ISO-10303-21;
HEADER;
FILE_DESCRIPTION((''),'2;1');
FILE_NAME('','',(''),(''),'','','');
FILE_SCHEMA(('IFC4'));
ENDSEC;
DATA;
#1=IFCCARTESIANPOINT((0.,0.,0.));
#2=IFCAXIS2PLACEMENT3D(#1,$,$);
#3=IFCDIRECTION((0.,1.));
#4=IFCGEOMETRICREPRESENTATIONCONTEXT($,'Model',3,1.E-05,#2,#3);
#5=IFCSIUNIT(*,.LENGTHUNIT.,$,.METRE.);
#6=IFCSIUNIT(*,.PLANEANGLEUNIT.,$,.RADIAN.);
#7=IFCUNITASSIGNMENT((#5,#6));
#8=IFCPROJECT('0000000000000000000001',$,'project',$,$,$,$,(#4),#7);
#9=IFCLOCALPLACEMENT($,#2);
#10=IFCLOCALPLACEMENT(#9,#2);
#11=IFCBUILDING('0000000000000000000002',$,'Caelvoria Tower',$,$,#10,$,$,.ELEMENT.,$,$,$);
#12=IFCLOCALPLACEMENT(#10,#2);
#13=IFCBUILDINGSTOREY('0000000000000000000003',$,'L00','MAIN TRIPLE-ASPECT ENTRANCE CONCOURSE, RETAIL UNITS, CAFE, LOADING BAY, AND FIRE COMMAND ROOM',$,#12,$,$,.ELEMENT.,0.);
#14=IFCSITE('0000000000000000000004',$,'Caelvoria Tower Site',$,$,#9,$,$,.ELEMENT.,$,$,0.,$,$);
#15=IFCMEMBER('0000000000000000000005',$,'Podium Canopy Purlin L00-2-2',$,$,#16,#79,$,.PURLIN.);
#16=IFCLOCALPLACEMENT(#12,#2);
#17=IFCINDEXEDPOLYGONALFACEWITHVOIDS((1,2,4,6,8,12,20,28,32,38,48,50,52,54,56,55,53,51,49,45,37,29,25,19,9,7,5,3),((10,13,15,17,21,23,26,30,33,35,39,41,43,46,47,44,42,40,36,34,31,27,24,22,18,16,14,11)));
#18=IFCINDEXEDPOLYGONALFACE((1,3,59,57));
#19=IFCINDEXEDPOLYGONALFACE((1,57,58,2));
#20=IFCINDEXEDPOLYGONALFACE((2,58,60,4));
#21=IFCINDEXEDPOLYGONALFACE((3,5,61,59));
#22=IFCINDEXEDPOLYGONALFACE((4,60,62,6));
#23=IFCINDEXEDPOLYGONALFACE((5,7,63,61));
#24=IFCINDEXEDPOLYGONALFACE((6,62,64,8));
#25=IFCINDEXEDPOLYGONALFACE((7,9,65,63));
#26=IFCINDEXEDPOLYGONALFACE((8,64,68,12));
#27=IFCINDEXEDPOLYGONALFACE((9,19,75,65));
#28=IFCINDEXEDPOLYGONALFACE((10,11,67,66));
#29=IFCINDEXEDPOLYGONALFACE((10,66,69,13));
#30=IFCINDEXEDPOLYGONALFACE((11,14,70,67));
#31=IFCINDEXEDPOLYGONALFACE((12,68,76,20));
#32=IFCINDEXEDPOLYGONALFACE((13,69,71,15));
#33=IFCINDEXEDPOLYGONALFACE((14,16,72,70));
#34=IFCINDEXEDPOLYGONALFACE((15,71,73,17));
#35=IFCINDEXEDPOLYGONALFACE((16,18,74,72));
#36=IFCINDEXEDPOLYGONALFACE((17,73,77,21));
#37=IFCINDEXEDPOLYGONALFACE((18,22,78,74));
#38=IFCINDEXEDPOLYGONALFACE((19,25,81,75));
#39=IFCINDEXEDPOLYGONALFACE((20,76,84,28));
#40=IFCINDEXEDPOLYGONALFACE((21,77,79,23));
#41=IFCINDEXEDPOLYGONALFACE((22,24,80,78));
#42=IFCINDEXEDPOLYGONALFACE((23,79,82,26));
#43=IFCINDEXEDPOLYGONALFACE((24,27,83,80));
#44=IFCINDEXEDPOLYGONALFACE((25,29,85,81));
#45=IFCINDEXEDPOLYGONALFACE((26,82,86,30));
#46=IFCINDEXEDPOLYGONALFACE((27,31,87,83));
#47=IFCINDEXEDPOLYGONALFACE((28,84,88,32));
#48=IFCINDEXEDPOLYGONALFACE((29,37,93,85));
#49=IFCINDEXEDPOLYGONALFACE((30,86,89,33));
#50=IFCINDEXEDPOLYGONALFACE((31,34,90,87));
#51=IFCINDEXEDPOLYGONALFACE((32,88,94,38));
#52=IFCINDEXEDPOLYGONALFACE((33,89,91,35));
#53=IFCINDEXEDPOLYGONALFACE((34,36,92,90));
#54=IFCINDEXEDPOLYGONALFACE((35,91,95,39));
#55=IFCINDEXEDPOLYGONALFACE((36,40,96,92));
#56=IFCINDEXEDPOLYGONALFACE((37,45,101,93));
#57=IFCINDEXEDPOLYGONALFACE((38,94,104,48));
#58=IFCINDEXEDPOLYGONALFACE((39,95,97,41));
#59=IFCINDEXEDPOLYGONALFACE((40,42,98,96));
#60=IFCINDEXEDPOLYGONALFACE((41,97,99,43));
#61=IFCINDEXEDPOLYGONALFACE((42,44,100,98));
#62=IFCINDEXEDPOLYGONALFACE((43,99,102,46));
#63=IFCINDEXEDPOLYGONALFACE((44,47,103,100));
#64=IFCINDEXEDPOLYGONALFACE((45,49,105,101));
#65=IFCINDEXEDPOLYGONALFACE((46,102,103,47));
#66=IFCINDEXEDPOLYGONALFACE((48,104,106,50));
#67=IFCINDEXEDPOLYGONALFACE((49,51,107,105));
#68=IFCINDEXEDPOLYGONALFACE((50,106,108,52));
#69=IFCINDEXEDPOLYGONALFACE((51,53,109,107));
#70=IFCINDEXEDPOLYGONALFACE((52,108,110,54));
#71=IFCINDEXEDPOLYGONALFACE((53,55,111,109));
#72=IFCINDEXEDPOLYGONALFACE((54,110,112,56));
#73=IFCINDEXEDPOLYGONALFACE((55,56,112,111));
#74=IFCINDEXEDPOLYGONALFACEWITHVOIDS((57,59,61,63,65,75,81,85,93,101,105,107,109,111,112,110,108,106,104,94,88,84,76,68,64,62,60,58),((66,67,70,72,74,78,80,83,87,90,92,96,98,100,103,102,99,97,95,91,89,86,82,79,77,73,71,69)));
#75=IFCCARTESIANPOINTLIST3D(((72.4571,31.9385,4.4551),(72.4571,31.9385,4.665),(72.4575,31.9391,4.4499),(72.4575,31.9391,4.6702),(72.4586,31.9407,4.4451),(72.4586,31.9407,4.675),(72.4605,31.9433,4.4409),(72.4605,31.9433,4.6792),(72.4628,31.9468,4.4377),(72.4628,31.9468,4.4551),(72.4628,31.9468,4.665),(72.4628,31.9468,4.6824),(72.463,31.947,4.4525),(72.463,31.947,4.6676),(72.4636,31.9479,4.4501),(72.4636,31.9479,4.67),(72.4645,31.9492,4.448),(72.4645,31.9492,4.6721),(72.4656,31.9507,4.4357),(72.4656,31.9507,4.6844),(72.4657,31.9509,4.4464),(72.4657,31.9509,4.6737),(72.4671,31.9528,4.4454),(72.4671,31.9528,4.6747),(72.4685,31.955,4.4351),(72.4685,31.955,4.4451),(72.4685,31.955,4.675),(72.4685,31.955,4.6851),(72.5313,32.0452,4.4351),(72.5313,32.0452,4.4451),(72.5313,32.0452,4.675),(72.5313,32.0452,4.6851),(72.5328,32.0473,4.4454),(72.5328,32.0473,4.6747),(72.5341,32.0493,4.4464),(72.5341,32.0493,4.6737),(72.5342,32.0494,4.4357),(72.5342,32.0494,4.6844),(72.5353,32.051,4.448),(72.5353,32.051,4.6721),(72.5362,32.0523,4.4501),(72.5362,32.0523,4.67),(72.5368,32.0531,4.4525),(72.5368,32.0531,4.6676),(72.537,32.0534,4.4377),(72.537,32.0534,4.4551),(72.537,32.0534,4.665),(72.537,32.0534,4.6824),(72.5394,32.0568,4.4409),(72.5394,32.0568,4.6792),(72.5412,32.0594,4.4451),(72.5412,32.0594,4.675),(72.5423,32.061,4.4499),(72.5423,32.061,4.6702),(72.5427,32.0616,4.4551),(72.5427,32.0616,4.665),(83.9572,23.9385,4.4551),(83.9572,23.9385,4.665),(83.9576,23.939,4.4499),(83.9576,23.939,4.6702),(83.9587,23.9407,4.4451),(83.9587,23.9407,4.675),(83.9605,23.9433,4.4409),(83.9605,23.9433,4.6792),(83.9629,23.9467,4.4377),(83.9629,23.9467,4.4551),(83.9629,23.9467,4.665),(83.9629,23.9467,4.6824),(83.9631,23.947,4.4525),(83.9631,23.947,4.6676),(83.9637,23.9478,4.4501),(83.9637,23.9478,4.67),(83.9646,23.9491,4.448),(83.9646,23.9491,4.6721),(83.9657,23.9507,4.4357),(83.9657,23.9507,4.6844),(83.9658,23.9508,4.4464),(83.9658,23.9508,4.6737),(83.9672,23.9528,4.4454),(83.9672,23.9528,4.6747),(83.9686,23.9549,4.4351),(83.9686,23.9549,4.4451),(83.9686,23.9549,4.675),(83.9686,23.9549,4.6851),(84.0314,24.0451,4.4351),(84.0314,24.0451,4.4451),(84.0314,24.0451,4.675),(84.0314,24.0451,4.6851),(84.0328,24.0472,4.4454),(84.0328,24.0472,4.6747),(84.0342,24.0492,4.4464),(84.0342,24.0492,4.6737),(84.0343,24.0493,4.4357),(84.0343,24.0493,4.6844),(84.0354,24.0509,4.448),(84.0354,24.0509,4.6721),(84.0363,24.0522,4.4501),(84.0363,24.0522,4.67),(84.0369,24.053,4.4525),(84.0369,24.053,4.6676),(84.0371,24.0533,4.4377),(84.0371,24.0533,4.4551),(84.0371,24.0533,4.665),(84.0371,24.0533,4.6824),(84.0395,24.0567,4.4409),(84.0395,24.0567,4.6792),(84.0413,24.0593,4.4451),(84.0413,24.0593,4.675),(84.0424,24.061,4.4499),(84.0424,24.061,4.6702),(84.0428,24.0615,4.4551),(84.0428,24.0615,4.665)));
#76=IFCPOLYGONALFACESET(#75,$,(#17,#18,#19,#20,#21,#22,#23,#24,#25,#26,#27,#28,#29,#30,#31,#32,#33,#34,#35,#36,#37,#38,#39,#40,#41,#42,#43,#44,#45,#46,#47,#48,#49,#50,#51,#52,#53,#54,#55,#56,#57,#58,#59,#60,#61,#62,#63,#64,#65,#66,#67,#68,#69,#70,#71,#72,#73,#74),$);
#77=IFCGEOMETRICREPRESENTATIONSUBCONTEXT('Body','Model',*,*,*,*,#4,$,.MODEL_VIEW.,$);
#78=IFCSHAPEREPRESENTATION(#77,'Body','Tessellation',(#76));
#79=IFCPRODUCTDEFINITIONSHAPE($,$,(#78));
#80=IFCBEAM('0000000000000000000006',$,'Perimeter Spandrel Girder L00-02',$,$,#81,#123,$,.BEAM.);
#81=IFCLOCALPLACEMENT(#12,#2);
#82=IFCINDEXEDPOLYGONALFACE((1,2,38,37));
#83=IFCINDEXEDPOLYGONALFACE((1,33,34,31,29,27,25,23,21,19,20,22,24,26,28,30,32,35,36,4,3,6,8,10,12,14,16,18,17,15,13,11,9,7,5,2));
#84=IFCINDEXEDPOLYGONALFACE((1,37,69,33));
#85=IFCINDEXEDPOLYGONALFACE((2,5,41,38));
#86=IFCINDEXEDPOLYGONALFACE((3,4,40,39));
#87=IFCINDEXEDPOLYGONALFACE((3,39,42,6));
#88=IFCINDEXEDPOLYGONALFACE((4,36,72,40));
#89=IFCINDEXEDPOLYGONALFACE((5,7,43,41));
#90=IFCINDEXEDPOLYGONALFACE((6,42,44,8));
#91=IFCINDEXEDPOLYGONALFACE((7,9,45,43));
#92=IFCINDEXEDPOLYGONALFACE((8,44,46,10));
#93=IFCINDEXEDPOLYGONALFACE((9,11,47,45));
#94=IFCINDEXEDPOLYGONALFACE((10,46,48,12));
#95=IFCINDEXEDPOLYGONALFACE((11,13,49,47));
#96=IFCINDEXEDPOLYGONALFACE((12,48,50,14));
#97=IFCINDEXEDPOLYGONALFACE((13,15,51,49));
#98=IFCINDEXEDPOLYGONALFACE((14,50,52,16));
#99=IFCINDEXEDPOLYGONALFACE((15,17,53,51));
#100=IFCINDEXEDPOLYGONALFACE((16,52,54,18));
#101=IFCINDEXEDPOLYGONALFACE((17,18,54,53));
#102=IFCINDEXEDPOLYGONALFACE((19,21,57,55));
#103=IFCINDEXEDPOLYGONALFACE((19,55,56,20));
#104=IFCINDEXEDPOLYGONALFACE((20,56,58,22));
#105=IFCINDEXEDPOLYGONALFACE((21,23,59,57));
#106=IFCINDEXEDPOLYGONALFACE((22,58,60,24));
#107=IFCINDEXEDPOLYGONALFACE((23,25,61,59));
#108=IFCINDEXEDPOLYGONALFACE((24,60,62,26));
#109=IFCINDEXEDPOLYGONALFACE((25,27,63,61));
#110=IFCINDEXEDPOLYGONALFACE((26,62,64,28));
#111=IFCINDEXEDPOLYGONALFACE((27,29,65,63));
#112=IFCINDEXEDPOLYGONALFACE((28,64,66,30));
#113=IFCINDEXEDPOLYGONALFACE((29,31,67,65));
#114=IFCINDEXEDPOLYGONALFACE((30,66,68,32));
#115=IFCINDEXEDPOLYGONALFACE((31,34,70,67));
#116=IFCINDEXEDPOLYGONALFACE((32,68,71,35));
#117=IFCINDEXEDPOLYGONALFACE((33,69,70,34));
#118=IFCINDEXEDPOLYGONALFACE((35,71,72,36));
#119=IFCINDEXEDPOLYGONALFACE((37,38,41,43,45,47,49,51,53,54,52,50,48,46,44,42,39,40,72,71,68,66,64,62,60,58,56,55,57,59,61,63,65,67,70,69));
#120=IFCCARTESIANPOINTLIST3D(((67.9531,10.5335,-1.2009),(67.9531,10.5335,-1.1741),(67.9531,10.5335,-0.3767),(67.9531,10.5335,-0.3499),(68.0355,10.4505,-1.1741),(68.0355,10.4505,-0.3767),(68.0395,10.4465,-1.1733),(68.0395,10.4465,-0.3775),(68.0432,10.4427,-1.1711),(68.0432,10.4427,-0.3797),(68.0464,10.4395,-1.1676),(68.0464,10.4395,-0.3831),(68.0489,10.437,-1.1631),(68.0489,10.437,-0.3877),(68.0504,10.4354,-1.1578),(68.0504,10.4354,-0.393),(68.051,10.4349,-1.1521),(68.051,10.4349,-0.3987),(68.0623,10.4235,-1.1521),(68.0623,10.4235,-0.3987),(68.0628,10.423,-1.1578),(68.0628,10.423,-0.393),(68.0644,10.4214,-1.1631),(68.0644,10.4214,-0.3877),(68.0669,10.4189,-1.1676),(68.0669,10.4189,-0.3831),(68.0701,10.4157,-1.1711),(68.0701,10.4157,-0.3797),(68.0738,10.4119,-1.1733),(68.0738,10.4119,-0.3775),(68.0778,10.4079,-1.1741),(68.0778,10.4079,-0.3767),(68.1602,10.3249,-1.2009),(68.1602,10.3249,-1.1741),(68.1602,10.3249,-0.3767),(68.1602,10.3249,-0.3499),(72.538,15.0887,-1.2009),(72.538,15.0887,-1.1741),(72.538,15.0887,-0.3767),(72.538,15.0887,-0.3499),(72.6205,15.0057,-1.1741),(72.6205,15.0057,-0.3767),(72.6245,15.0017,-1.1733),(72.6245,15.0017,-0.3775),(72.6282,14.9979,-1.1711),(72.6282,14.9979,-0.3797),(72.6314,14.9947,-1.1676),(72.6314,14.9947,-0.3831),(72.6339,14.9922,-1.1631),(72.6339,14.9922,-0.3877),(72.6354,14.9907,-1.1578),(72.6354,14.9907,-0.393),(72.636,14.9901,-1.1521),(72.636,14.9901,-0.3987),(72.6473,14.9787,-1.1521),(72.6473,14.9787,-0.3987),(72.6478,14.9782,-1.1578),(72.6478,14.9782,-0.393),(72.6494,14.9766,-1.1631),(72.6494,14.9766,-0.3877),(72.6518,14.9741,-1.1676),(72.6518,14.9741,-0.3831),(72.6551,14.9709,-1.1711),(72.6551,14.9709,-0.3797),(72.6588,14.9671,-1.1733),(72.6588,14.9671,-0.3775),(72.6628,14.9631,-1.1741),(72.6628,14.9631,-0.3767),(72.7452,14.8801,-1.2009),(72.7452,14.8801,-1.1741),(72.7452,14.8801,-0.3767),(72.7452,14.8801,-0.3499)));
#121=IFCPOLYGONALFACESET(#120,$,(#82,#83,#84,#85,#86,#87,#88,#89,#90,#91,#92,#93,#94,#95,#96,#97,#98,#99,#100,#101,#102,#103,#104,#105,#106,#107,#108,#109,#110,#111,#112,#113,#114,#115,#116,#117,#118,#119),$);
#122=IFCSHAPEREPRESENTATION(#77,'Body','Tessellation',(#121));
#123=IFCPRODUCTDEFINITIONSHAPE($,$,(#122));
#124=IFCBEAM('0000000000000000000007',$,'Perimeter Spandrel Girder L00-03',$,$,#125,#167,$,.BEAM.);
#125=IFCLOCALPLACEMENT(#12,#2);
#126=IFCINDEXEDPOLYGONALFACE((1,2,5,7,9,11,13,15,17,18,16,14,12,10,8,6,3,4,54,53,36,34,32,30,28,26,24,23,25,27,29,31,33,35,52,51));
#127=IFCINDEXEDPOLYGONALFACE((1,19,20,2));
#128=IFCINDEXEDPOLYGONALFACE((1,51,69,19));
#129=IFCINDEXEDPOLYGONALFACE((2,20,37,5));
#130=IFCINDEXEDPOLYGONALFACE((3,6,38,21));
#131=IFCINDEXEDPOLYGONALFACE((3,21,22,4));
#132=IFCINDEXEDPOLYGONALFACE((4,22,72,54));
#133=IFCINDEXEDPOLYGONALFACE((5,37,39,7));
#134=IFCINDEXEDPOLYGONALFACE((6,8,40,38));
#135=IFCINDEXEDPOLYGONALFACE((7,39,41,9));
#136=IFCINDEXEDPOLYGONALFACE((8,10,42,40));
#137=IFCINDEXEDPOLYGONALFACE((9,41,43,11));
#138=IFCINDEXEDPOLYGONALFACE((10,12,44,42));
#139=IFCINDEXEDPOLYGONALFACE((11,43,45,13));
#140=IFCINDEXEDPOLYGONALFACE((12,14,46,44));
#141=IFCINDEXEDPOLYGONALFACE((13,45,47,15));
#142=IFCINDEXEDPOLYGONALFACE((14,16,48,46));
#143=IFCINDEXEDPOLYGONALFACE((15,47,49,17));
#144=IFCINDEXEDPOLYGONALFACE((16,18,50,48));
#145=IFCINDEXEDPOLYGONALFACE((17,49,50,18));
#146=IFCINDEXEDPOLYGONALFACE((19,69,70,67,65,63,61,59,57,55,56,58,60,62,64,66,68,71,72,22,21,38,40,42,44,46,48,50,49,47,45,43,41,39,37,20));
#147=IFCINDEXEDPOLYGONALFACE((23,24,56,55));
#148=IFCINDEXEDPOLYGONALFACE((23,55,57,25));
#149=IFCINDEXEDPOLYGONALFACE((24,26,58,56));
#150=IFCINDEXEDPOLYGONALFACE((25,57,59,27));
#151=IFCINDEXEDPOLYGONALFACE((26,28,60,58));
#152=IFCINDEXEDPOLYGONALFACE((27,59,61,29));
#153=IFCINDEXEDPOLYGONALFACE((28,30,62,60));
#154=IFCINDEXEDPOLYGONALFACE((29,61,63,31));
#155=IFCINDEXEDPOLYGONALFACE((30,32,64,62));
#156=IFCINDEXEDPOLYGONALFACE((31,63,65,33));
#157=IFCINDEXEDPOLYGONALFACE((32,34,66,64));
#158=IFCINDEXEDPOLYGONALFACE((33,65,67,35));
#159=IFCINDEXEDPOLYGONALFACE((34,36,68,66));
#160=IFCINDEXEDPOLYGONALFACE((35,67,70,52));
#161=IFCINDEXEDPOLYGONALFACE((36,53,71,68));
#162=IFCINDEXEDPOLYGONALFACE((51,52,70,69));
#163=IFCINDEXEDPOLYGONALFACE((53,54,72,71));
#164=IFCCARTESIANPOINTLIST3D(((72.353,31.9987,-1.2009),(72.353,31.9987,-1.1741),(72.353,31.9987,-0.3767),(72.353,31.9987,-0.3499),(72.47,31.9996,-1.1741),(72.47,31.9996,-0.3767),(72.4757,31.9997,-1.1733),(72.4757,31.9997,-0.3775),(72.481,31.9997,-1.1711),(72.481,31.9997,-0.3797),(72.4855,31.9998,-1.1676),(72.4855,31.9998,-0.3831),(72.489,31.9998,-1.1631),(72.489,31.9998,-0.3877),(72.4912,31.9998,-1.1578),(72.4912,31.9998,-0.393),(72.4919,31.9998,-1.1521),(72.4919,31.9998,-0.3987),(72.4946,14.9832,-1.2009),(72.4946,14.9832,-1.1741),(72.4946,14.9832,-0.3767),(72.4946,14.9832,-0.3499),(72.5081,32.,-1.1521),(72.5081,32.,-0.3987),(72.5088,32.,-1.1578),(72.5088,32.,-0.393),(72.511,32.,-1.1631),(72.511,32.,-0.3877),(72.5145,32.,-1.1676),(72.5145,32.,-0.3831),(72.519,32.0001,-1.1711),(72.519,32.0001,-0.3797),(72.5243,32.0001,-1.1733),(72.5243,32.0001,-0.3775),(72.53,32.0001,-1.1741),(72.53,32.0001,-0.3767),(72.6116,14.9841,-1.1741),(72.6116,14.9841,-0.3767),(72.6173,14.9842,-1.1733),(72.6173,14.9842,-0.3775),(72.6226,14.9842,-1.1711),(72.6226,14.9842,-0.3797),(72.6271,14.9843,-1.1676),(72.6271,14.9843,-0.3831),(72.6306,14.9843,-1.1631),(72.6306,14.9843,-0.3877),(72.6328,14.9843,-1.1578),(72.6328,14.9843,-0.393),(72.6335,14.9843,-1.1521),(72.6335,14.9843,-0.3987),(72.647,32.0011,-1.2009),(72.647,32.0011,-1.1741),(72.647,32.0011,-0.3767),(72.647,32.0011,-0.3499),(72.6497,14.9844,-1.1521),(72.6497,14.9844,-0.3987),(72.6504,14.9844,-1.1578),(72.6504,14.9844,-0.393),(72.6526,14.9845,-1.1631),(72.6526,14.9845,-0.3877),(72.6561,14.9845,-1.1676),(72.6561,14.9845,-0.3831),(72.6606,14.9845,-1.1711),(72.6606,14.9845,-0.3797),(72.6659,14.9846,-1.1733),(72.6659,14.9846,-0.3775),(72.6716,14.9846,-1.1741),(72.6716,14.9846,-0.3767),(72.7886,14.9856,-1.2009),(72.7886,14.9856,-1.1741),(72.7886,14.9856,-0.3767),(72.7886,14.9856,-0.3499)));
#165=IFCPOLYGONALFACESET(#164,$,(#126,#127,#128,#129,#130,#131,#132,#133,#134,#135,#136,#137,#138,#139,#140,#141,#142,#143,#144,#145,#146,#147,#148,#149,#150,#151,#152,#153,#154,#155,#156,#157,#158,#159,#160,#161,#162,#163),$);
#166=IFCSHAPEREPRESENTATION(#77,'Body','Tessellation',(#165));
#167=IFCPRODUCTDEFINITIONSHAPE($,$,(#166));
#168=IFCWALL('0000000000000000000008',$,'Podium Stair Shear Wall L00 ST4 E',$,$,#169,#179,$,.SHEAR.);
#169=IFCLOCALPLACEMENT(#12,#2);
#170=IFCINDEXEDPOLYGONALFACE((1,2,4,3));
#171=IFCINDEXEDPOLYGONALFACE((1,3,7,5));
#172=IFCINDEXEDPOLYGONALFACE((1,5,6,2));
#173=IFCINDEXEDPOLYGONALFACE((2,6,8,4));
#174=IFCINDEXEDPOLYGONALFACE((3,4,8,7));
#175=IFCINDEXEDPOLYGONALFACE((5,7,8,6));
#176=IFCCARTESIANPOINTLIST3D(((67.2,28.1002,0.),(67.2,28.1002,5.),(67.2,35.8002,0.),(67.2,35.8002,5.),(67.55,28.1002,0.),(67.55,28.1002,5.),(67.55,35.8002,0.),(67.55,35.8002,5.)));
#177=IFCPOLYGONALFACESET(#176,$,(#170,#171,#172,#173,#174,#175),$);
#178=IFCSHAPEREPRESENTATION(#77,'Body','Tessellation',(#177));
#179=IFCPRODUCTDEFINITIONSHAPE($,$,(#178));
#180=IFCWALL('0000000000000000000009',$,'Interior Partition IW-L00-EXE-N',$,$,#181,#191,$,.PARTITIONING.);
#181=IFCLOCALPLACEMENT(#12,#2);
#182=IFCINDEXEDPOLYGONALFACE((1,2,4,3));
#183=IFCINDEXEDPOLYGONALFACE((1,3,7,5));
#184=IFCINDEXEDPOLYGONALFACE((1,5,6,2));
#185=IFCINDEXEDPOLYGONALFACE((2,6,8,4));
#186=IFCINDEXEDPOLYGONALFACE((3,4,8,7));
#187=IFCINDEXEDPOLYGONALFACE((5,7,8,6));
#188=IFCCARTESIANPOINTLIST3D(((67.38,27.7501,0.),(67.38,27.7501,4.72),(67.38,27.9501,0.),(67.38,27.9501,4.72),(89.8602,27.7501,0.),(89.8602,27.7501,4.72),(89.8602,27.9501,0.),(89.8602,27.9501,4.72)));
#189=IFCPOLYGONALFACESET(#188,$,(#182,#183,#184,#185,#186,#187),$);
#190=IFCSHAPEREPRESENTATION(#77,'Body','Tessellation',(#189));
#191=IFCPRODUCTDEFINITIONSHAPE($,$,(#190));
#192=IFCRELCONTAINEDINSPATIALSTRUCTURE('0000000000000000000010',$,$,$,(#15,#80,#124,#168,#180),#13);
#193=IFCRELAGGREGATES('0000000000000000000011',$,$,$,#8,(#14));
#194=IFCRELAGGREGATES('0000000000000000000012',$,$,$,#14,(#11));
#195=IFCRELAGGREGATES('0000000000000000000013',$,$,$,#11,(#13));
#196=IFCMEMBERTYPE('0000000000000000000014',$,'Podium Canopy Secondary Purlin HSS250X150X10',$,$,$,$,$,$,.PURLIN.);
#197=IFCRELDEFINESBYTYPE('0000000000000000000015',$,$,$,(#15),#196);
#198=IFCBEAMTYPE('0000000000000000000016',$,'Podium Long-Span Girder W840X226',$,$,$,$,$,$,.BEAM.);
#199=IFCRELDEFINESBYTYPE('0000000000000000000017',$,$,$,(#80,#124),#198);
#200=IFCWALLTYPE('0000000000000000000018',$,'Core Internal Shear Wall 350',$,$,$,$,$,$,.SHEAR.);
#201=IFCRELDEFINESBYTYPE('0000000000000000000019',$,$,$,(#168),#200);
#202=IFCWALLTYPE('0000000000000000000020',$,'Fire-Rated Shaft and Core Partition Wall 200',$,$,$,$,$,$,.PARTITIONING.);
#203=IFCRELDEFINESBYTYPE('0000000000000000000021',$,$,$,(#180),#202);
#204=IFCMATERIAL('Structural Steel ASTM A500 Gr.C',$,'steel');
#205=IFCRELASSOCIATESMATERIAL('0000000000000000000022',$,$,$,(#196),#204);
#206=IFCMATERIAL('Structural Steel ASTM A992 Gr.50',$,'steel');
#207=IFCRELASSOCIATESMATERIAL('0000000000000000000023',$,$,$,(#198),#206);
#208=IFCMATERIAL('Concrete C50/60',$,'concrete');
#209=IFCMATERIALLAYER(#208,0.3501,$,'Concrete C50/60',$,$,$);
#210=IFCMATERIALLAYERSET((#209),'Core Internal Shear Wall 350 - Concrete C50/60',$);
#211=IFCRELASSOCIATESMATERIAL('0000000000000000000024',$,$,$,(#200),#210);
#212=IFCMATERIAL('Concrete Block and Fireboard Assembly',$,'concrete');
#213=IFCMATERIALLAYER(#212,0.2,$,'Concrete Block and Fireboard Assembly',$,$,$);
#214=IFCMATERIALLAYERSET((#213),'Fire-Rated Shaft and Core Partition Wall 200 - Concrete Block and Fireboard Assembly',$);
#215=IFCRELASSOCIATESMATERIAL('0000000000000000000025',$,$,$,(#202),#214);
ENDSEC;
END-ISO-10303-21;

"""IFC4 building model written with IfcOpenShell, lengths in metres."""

from ifc_helpers import new_model, si_unit, direction, frame, frame_2d, origin, origin_2d, place, context, subcontext, project, spatial, rectangle, hollow_rectangle, i_section, extrude, material, layer, layer_set, material_profile, profile_set, type_object, element, save


model = new_model("IFC4")

# Units and contexts
model_context = context("Model", 3, precision=1e-05, world=origin(), true_north=direction((0.0, 1.0)))
body_context = subcontext(model_context, "Body", "Model", "MODEL_VIEW")
ifc_project = project(units=[si_unit("LENGTHUNIT", "METRE"), si_unit("PLANEANGLEUNIT", "RADIAN")], contexts=[model_context])

# Site, building, storey
site_placement = place(None, origin())
site = spatial("IfcSite", under=ifc_project, at=site_placement, Name="Caelvoria Tower Site", CompositionType="ELEMENT", RefElevation=0.0)
building_placement = place(site_placement, origin())
building = spatial("IfcBuilding", under=site, at=building_placement, Name="Caelvoria Tower", CompositionType="ELEMENT")
storey_placement = place(building_placement, origin())
storey = spatial("IfcBuildingStorey", under=building, at=storey_placement, Name="L00", Description="MAIN TRIPLE-ASPECT ENTRANCE CONCOURSE, RETAIL UNITS, CAFE, LOADING BAY, AND FIRE COMMAND ROOM", CompositionType="ELEMENT", Elevation=0.0)

# Shared definitions
ifc_material_1 = material(Name="Concrete C50/60", Category="concrete")

# Shared definitions
ifc_material_2 = material(Name="Structural Steel ASTM A992 Gr.50", Category="steel")

# Member
ifc_material_3 = material(Name="Structural Steel ASTM A500 Gr.C", Category="steel")
ifc_material_profile_1 = material_profile(ifc_material_3, hollow_rectangle(XDim=0.1499, YDim=0.25, WallThickness=0.01, InnerFilletRadius=0.01, OuterFilletRadius=0.02, at=origin_2d()), Name="Structural Steel ASTM A500 Gr.C")
ifc_profile_set_1 = profile_set([ifc_material_profile_1], Name="HSS250X150X10 - Structural Steel ASTM A500 Gr.C")
member_type = type_object("IfcMemberType", Name="Podium Canopy Secondary Purlin HSS250X150X10", PredefinedType="PURLIN", material=ifc_profile_set_1)
member_1_placement = place(storey_placement, frame((84.0, 24.0, 4.5601), z_axis=(-0.820905, 0.571064, 0.0), x_axis=(-0.571064, -0.820905, 0.0)))
element("IfcMember", 1, at=member_1_placement, inside=storey, type_object=member_type, Name="Podium Canopy Purlin L00-2-2", PredefinedType="PURLIN", context=body_context, shape_type="SweptSolid", body=[
    extrude(hollow_rectangle(XDim=0.1499, YDim=0.25, WallThickness=0.01, InnerFilletRadius=0.01, OuterFilletRadius=0.02, at=origin_2d()), origin(), (0.0, 0.0, 1.0), 14.009),
])

# Beams
ifc_material_profile_2 = material_profile(ifc_material_2, i_section(OverallWidth=0.2939, OverallDepth=0.8511, WebThickness=0.0161, FlangeThickness=0.0269, FilletRadius=0.022, at=origin_2d()), Name="Structural Steel ASTM A992 Gr.50")
ifc_profile_set_2 = profile_set([ifc_material_profile_2], Name="W840X226 - Structural Steel ASTM A992 Gr.50")
beam_type_1 = type_object("IfcBeamType", Name="Podium Long-Span Girder W840X226", PredefinedType="BEAM", material=ifc_profile_set_2)
beam_1_placement = place(storey_placement, frame((68.0566, 10.4292, -0.7754), z_axis=(0.709407, 0.704799, 0.0), x_axis=(-0.704799, 0.709407, 0.0)))
element("IfcBeam", 2, at=beam_1_placement, inside=storey, type_object=beam_type_1, Name="Perimeter Spandrel Girder L00-02", PredefinedType="BEAM", context=body_context, shape_type="SweptSolid", body=[
    extrude(i_section(OverallWidth=0.2939, OverallDepth=0.8511, WebThickness=0.0161, FlangeThickness=0.0269, FilletRadius=0.022, at=origin_2d()), origin(), (0.0, 0.0, 1.0), 6.4631),
])
beam_2_placement = place(storey_placement, frame((72.6416, 14.9844, -0.7754), z_axis=(-0.008322, 0.999965, 0.0), x_axis=(-0.999965, -0.008322, 0.0)))
element("IfcBeam", 3, at=beam_2_placement, inside=storey, type_object=beam_type_1, Name="Perimeter Spandrel Girder L00-03", PredefinedType="BEAM", context=body_context, shape_type="SweptSolid", body=[
    extrude(i_section(OverallWidth=0.2939, OverallDepth=0.8511, WebThickness=0.0161, FlangeThickness=0.0269, FilletRadius=0.022, at=origin_2d()), origin(), (0.0, 0.0, 1.0), 17.0161),
])

# Walls
ifc_layer_1 = layer(ifc_material_1, 0.3501, Name="Concrete C50/60")
ifc_layer_set_1 = layer_set([ifc_layer_1], Name="Core Internal Shear Wall 350 - Concrete C50/60")
wall_type_1 = type_object("IfcWallType", Name="Core Internal Shear Wall 350", PredefinedType="SHEAR", material=ifc_layer_set_1)
wall_1_placement = place(storey_placement, frame((67.375, 28.1001, 0.0), z_axis=(0.0, 0.0, 1.0), x_axis=(0.0, 1.0, 0.0)))
element("IfcWall", 4, at=wall_1_placement, inside=storey, type_object=wall_type_1, Name="Podium Stair Shear Wall L00 ST4 E", PredefinedType="SHEAR", context=body_context, shape_type="SweptSolid", body=[
    extrude(rectangle(XDim=7.7, YDim=0.3501, at=frame_2d((3.8501, 0.0))), origin(), (0.0, 0.0, 1.0), 5.0),
])
ifc_material_4 = material(Name="Concrete Block and Fireboard Assembly", Category="concrete")
ifc_layer_2 = layer(ifc_material_4, 0.2, Name="Concrete Block and Fireboard Assembly")
ifc_layer_set_2 = layer_set([ifc_layer_2], Name="Fire-Rated Shaft and Core Partition Wall 200 - Concrete Block and Fireboard Assembly")
wall_type_2 = type_object("IfcWallType", Name="Fire-Rated Shaft and Core Partition Wall 200", PredefinedType="PARTITIONING", material=ifc_layer_set_2)
wall_2_placement = place(storey_placement, frame((67.3799, 27.8501, 0.0), z_axis=(0.0, 0.0, 1.0), x_axis=(1.0, 0.0, 0.0)))
element("IfcWall", 5, at=wall_2_placement, inside=storey, type_object=wall_type_2, Name="Interior Partition IW-L00-EXE-N", PredefinedType="PARTITIONING", context=body_context, shape_type="SweptSolid", body=[
    extrude(rectangle(XDim=22.4802, YDim=0.2, at=frame_2d((11.2402, 0.0))), origin(), (0.0, 0.0, 1.0), 4.72),
])

save(model, "model.ifc")
